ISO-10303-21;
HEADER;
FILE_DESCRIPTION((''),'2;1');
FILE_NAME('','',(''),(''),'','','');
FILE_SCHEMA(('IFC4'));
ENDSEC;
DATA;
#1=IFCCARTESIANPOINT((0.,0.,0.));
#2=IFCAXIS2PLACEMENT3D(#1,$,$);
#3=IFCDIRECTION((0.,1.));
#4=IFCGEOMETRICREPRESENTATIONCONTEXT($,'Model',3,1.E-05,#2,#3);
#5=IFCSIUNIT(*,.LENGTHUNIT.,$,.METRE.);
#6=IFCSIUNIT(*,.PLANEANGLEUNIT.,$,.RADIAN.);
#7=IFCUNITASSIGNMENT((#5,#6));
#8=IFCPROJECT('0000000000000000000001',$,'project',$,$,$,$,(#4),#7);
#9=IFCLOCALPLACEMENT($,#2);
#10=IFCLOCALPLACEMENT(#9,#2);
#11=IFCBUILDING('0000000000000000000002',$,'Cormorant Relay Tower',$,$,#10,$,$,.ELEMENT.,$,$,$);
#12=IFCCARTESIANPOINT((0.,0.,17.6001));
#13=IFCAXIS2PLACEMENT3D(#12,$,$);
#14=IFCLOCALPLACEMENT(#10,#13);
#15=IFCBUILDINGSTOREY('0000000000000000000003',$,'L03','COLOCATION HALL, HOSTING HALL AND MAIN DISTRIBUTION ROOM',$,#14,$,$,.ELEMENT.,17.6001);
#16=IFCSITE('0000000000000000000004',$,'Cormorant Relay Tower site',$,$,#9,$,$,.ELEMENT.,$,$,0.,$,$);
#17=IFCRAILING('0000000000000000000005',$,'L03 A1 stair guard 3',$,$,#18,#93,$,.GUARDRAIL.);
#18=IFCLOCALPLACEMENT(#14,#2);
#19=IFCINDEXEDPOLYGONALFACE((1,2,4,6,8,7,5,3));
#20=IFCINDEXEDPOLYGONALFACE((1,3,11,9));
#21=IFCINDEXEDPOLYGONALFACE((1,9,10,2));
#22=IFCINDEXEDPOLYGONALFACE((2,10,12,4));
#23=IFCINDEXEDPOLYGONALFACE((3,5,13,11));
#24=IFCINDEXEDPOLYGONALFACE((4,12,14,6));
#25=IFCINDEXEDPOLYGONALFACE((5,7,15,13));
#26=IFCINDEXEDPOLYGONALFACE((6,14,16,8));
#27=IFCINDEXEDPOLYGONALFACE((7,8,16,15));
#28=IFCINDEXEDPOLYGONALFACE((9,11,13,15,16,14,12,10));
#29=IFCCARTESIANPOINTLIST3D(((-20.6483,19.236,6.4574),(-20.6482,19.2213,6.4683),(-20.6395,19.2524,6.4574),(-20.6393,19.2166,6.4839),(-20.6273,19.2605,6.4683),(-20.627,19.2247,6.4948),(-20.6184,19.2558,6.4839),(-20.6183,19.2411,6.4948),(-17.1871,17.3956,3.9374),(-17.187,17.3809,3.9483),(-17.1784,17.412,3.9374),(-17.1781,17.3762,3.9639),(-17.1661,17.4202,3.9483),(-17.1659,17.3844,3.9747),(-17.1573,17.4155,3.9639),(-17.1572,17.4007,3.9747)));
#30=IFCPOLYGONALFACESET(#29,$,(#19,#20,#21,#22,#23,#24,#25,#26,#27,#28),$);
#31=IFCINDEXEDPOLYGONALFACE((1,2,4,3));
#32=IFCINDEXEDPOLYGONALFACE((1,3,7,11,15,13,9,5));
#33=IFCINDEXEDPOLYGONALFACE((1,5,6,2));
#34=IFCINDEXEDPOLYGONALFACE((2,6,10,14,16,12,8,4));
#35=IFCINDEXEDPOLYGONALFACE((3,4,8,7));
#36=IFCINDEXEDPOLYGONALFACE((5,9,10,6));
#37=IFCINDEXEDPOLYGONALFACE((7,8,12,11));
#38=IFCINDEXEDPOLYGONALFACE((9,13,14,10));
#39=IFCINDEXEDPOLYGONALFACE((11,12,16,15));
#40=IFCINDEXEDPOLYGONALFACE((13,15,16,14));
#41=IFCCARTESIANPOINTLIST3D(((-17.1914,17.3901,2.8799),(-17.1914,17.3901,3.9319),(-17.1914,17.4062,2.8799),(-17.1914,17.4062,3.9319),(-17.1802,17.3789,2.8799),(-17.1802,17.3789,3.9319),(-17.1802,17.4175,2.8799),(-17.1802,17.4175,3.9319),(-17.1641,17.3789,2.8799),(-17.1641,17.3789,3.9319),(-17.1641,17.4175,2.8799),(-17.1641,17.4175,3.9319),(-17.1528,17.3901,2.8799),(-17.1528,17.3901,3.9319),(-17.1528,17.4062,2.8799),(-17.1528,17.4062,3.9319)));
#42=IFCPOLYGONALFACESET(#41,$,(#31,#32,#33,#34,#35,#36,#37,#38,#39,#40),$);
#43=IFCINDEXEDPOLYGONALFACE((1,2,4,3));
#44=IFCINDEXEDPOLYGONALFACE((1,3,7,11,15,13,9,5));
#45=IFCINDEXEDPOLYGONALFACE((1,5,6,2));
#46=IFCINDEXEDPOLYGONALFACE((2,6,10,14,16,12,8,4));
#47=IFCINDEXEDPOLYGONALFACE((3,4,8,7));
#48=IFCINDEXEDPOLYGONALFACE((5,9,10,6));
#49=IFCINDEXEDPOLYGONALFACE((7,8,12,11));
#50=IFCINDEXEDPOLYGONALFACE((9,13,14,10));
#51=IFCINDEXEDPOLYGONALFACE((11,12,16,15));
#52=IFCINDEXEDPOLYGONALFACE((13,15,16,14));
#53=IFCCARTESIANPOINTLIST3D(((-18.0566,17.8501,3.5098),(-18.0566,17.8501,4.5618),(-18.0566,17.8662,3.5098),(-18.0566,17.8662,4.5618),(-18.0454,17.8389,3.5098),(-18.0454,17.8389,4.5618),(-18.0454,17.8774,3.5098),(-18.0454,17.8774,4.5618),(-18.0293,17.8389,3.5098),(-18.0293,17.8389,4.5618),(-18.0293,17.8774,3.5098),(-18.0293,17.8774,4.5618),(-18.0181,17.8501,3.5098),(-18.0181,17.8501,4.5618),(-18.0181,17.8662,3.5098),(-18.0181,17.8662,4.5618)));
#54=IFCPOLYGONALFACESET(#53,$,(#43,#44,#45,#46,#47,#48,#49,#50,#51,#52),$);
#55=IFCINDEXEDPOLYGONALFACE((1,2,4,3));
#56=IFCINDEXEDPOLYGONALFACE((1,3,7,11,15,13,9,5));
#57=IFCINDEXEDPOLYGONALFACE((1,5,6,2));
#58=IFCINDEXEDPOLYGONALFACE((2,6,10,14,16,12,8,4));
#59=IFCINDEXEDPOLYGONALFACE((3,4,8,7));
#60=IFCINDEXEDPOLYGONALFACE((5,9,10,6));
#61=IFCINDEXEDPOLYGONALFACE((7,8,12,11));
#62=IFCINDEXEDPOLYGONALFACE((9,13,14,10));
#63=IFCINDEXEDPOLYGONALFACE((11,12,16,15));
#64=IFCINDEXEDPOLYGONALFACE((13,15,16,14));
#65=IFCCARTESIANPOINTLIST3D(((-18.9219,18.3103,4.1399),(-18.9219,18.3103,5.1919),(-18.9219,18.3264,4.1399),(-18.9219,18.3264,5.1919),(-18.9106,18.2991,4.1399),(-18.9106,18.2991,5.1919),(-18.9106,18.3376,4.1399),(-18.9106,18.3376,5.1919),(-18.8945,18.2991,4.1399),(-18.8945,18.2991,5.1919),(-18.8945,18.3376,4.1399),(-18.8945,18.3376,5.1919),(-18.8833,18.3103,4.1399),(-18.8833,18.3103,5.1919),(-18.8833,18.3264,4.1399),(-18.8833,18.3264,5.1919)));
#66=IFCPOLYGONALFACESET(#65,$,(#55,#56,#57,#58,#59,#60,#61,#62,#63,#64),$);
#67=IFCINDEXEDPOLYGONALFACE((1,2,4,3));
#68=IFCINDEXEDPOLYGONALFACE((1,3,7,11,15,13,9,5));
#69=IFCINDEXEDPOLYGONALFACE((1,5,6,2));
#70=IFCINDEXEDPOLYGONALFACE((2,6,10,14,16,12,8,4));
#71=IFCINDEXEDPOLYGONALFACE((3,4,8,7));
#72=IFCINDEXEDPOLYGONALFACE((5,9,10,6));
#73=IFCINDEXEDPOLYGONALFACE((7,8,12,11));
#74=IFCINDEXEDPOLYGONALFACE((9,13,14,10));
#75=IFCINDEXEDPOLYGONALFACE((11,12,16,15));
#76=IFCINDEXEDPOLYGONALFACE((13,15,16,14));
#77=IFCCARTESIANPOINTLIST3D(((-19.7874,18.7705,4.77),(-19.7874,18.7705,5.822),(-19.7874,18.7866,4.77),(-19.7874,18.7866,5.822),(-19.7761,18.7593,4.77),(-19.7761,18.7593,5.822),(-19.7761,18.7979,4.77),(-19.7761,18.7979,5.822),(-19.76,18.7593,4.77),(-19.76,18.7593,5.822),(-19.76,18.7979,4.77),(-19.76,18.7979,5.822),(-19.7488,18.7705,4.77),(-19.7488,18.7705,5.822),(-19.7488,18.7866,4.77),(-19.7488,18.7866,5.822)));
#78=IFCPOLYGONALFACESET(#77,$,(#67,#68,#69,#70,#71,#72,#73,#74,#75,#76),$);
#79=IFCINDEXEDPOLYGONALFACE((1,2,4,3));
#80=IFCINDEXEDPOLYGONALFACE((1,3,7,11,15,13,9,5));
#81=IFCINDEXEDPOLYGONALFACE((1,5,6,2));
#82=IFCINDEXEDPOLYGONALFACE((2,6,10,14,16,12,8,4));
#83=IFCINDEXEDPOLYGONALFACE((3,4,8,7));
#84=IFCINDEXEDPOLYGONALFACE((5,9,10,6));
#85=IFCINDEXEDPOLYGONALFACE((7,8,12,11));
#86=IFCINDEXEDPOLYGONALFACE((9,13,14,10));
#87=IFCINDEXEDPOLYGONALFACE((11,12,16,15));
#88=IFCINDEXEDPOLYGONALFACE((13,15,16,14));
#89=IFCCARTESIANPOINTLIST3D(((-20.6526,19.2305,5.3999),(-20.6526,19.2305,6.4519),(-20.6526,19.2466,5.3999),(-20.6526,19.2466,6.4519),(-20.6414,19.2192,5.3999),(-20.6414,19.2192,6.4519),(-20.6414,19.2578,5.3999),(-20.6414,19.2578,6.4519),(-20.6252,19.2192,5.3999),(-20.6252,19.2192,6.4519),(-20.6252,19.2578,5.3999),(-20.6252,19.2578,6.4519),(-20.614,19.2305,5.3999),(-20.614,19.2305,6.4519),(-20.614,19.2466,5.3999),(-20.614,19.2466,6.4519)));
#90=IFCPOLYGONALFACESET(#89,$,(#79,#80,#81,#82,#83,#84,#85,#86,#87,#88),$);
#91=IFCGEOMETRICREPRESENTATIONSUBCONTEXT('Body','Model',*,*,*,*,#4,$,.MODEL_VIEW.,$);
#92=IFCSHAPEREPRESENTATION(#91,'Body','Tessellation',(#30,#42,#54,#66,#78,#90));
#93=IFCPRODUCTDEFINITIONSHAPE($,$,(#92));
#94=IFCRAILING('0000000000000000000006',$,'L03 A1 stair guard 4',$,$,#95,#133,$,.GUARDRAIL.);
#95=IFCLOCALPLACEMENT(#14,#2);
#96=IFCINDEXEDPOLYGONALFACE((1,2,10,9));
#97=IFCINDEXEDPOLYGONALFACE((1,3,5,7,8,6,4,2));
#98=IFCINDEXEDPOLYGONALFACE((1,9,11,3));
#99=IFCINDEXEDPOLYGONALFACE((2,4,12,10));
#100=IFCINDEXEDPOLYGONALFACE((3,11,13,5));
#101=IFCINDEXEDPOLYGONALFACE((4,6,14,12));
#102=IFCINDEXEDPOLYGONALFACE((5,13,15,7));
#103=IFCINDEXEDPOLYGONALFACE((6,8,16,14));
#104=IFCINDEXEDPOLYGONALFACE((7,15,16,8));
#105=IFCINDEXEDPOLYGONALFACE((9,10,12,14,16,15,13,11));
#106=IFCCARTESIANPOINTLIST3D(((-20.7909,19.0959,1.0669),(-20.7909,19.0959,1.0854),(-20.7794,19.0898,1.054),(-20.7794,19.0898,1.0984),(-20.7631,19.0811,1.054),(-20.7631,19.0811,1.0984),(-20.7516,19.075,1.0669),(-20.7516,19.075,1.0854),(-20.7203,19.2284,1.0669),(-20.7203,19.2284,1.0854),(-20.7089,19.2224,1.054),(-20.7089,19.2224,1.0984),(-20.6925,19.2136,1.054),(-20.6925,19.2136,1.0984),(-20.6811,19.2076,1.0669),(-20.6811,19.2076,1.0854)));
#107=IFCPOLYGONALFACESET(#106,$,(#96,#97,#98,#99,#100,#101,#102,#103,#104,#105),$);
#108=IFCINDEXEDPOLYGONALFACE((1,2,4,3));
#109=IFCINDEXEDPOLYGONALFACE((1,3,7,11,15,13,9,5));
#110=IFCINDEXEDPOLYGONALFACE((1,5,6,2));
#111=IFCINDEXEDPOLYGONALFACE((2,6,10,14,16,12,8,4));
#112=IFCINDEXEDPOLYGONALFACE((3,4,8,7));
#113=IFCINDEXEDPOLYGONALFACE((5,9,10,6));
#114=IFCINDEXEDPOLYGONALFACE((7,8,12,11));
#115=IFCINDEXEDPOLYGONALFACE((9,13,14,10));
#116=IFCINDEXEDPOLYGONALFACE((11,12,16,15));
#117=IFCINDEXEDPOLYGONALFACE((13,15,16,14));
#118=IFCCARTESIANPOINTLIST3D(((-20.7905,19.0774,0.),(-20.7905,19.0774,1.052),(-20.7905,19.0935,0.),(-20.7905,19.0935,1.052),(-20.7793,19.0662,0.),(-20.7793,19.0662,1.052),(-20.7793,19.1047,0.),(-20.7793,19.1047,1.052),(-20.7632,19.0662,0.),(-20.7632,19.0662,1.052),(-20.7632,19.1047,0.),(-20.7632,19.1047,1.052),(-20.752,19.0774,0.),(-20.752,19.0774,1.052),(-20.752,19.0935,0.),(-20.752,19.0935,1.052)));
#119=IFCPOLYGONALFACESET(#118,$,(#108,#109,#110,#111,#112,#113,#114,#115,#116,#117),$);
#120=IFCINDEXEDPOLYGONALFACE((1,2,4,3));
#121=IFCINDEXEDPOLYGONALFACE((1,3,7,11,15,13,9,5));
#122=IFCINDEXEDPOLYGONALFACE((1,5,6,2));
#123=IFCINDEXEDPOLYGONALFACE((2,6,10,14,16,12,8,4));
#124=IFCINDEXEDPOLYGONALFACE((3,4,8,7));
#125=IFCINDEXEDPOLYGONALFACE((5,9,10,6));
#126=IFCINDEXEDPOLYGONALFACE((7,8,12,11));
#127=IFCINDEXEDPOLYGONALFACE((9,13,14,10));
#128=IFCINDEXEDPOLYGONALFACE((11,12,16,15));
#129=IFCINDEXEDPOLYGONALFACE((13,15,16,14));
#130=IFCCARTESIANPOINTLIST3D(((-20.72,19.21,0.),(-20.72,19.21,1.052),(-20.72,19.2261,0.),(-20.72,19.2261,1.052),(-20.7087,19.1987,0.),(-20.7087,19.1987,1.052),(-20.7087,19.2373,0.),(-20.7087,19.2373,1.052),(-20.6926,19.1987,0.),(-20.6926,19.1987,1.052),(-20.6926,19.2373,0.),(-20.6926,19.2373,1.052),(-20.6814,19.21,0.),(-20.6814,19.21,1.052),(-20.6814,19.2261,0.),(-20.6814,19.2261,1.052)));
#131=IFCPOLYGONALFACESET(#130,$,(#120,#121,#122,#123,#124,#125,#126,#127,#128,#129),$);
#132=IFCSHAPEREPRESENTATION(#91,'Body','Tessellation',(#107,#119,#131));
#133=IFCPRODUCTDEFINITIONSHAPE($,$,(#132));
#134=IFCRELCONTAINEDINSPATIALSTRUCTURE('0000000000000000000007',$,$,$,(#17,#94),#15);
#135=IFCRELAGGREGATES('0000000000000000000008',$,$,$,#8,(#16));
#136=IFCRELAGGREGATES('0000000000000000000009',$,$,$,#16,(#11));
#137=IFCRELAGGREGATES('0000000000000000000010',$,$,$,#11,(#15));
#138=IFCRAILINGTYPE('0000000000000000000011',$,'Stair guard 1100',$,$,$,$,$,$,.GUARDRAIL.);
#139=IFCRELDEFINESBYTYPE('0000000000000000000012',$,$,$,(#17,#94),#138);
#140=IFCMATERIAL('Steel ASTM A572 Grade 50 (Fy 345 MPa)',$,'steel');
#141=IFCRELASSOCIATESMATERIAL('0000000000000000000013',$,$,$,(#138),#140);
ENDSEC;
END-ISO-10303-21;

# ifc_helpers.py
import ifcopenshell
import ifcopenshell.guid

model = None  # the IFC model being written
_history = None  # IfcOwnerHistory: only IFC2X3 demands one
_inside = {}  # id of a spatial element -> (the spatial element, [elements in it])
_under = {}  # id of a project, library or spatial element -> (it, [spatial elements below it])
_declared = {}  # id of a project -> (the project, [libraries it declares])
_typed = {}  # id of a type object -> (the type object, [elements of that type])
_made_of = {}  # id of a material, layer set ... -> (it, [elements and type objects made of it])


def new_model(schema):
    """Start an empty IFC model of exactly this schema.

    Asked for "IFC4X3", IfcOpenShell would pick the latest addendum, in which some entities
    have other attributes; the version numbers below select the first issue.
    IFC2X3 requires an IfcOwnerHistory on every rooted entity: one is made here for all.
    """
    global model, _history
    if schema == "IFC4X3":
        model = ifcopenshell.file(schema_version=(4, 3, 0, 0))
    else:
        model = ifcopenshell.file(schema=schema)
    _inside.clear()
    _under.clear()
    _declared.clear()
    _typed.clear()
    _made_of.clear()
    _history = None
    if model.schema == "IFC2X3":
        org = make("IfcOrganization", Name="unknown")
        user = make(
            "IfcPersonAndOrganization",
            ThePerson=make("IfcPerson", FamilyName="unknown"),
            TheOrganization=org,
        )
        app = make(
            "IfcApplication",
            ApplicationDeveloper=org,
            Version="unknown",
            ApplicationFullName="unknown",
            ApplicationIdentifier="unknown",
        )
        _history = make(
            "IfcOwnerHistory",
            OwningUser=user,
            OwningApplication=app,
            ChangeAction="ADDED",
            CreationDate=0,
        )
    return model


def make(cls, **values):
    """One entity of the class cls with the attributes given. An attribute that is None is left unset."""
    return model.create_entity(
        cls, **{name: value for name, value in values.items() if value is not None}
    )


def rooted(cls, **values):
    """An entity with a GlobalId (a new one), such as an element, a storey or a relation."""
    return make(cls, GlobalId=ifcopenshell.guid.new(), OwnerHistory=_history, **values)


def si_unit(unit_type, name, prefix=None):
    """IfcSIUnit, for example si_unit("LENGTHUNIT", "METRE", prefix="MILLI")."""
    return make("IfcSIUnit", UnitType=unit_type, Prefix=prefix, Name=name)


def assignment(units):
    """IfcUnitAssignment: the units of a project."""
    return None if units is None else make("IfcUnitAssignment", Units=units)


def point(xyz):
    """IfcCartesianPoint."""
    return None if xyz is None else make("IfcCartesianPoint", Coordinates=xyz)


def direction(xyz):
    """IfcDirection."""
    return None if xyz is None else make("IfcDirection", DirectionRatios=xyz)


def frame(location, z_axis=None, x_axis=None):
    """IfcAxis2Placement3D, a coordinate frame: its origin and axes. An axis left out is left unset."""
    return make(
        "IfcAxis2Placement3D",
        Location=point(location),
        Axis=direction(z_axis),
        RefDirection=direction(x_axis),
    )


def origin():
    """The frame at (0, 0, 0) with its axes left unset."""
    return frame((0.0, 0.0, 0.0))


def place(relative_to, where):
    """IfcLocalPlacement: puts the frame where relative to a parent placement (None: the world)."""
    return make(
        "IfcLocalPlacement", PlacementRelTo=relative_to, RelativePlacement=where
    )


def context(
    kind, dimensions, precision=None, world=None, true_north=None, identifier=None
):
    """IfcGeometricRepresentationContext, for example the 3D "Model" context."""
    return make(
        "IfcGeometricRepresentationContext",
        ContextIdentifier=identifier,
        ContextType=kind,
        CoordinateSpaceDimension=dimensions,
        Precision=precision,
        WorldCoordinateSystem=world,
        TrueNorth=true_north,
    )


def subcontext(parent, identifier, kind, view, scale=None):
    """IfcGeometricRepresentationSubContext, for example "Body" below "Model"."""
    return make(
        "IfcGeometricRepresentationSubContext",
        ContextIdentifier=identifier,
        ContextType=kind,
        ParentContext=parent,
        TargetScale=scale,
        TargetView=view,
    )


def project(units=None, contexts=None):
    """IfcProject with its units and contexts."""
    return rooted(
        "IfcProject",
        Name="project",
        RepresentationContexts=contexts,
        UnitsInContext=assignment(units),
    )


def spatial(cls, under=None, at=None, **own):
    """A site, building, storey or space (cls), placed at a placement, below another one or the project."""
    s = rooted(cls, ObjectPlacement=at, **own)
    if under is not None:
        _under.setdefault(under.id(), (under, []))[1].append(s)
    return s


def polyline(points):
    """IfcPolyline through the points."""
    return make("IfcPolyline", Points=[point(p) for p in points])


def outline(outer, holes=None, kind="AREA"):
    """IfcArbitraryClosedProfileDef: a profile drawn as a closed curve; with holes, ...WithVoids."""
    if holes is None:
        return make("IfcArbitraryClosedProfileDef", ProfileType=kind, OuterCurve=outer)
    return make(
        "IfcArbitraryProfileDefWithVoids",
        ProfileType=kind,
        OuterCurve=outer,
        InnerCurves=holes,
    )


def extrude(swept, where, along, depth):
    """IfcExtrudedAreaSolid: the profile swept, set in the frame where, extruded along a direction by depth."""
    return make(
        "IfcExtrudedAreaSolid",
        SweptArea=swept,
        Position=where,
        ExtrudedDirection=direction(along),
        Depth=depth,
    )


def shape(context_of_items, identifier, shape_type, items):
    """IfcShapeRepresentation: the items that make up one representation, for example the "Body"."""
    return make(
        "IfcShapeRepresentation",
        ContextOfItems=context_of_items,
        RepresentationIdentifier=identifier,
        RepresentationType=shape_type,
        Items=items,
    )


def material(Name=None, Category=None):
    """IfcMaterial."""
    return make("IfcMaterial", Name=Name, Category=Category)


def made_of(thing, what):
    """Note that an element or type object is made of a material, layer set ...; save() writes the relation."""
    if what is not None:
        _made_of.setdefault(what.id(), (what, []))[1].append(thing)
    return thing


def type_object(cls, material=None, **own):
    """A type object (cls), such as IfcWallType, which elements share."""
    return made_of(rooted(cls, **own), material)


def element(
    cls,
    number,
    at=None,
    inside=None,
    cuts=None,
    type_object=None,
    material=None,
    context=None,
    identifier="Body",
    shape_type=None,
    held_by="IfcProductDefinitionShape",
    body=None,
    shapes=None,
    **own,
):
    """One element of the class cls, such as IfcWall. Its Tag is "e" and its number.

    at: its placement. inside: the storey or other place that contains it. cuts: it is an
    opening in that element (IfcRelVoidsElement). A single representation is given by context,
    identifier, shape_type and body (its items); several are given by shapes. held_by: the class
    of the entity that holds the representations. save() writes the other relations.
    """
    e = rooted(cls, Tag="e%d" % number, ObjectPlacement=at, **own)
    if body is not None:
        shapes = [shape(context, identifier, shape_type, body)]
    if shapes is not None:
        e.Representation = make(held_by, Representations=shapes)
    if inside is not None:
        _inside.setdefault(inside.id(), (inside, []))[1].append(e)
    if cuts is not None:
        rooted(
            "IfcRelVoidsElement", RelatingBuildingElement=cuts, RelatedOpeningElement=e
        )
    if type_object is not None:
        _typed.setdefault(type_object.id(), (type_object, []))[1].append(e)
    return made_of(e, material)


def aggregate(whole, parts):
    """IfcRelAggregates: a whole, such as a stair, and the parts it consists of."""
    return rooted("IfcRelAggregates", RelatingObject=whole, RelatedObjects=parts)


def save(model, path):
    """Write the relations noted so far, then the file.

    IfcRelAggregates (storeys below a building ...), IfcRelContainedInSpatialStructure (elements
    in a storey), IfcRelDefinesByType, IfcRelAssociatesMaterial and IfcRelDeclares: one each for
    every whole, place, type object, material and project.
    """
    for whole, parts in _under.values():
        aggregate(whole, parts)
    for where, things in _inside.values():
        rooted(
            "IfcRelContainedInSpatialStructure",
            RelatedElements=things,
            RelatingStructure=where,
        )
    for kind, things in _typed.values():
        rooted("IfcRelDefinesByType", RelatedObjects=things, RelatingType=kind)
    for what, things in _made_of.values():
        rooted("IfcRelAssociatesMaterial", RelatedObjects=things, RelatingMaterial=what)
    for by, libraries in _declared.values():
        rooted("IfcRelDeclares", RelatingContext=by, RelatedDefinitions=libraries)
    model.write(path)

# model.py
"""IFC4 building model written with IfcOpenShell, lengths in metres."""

from ifc_helpers import new_model, si_unit, direction, frame, origin, place, context, subcontext, project, spatial, polyline, outline, extrude, material, type_object, element, save


model = new_model("IFC4")

# Units and contexts
model_context = context("Model", 3, precision=1e-05, world=origin(), true_north=direction((0.0, 1.0)))
body_context = subcontext(model_context, "Body", "Model", "MODEL_VIEW")
ifc_project = project(units=[si_unit("LENGTHUNIT", "METRE"), si_unit("PLANEANGLEUNIT", "RADIAN")], contexts=[model_context])

# Site, building, storey
site_placement = place(None, origin())
site = spatial("IfcSite", under=ifc_project, at=site_placement, Name="Cormorant Relay Tower site", CompositionType="ELEMENT", RefElevation=0.0)
building_placement = place(site_placement, origin())
building = spatial("IfcBuilding", under=site, at=building_placement, Name="Cormorant Relay Tower", CompositionType="ELEMENT")
storey_placement = place(building_placement, frame((0.0, 0.0, 17.6001)))
storey = spatial("IfcBuildingStorey", under=building, at=storey_placement, Name="L03", Description="COLOCATION HALL, HOSTING HALL AND MAIN DISTRIBUTION ROOM", CompositionType="ELEMENT", Elevation=17.6001)

# Railings
ifc_material_1 = material(Name="Steel ASTM A572 Grade 50 (Fy 345 MPa)", Category="steel")
railing_type_1 = type_object("IfcRailingType", Name="Stair guard 1100", PredefinedType="GUARDRAIL", material=ifc_material_1)
railing_1_placement = place(storey_placement, frame((-17.1721, 17.3982, 2.8799)))
element("IfcRailing", 1, at=railing_1_placement, inside=storey, type_object=railing_type_1, Name="L03 A1 stair guard 3", PredefinedType="GUARDRAIL", context=body_context, shape_type="SweptSolid", body=[
    extrude(outline(polyline([(0.0222, 0.0093), (0.0093, 0.0222), (-0.0093, 0.0222), (-0.0222, 0.0093), (-0.0222, -0.0093), (-0.0093, -0.0222), (0.0093, -0.0222), (0.0222, -0.0093), (0.0222, 0.0093)])), frame((0.0, 0.0, 1.0762), z_axis=(-0.742717, 0.394907, 0.540758), x_axis=(-0.469469, -0.882949, 0.0)), (0.0, 0.0, 1.0), 4.6602),
    extrude(outline(polyline([(0.0193, 0.0081), (0.0081, 0.0193), (-0.0081, 0.0193), (-0.0193, 0.0081), (-0.0193, -0.0081), (-0.0081, -0.0193), (0.0081, -0.0193), (0.0193, -0.0081), (0.0193, 0.0081)])), origin(), (0.0, 0.0, 1.0), 1.052),
    extrude(outline(polyline([(0.0193, 0.0081), (0.0081, 0.0193), (-0.0081, 0.0193), (-0.0193, 0.0081), (-0.0193, -0.0081), (-0.0081, -0.0193), (0.0081, -0.0193), (0.0193, -0.0081), (0.0193, 0.0081)])), frame((-0.8652, 0.46, 0.6299)), (0.0, 0.0, 1.0), 1.052),
    extrude(outline(polyline([(0.0193, 0.0081), (0.0081, 0.0193), (-0.0081, 0.0193), (-0.0193, 0.0081), (-0.0193, -0.0081), (-0.0081, -0.0193), (0.0081, -0.0193), (0.0193, -0.0081), (0.0193, 0.0081)])), frame((-1.7305, 0.9202, 1.26)), (0.0, 0.0, 1.0), 1.052),
    extrude(outline(polyline([(0.0193, 0.0081), (0.0081, 0.0193), (-0.0081, 0.0193), (-0.0193, 0.0081), (-0.0193, -0.0081), (-0.0081, -0.0193), (0.0081, -0.0193), (0.0193, -0.0081), (0.0193, 0.0081)])), frame((-2.5959, 1.3804, 1.8901)), (0.0, 0.0, 1.0), 1.052),
    extrude(outline(polyline([(0.0193, 0.0081), (0.0081, 0.0193), (-0.0081, 0.0193), (-0.0193, 0.0081), (-0.0193, -0.0081), (-0.0081, -0.0193), (0.0081, -0.0193), (0.0193, -0.0081), (0.0193, 0.0081)])), frame((-3.4612, 1.8403, 2.52)), (0.0, 0.0, 1.0), 1.052),
])
railing_2_placement = place(storey_placement, frame((-20.7712, 19.0854, 0.0)))
element("IfcRailing", 2, at=railing_2_placement, inside=storey, type_object=railing_type_1, Name="L03 A1 stair guard 4", PredefinedType="GUARDRAIL", context=body_context, shape_type="SweptSolid", body=[
    extrude(outline(polyline([(0.0222, 0.0093), (0.0093, 0.0222), (-0.0093, 0.0222), (-0.0222, 0.0093), (-0.0222, -0.0093), (-0.0093, -0.0222), (0.0093, -0.0222), (0.0222, -0.0093), (0.0222, 0.0093)])), frame((0.0, 0.0, 1.0762), z_axis=(0.469829, 0.882758, 0.0), x_axis=(-0.882758, 0.469829, 0.0)), (0.0, 0.0, 1.0), 0.1501),
    extrude(outline(polyline([(0.0193, 0.0081), (0.0081, 0.0193), (-0.0081, 0.0193), (-0.0193, 0.0081), (-0.0193, -0.0081), (-0.0081, -0.0193), (0.0081, -0.0193), (0.0193, -0.0081), (0.0193, 0.0081)])), origin(), (0.0, 0.0, 1.0), 1.052),
    extrude(outline(polyline([(0.0193, 0.0081), (0.0081, 0.0193), (-0.0081, 0.0193), (-0.0193, 0.0081), (-0.0193, -0.0081), (-0.0081, -0.0193), (0.0081, -0.0193), (0.0193, -0.0081), (0.0193, 0.0081)])), frame((0.0706, 0.1326, 0.0)), (0.0, 0.0, 1.0), 1.052),
])

save(model, "model.ifc")
